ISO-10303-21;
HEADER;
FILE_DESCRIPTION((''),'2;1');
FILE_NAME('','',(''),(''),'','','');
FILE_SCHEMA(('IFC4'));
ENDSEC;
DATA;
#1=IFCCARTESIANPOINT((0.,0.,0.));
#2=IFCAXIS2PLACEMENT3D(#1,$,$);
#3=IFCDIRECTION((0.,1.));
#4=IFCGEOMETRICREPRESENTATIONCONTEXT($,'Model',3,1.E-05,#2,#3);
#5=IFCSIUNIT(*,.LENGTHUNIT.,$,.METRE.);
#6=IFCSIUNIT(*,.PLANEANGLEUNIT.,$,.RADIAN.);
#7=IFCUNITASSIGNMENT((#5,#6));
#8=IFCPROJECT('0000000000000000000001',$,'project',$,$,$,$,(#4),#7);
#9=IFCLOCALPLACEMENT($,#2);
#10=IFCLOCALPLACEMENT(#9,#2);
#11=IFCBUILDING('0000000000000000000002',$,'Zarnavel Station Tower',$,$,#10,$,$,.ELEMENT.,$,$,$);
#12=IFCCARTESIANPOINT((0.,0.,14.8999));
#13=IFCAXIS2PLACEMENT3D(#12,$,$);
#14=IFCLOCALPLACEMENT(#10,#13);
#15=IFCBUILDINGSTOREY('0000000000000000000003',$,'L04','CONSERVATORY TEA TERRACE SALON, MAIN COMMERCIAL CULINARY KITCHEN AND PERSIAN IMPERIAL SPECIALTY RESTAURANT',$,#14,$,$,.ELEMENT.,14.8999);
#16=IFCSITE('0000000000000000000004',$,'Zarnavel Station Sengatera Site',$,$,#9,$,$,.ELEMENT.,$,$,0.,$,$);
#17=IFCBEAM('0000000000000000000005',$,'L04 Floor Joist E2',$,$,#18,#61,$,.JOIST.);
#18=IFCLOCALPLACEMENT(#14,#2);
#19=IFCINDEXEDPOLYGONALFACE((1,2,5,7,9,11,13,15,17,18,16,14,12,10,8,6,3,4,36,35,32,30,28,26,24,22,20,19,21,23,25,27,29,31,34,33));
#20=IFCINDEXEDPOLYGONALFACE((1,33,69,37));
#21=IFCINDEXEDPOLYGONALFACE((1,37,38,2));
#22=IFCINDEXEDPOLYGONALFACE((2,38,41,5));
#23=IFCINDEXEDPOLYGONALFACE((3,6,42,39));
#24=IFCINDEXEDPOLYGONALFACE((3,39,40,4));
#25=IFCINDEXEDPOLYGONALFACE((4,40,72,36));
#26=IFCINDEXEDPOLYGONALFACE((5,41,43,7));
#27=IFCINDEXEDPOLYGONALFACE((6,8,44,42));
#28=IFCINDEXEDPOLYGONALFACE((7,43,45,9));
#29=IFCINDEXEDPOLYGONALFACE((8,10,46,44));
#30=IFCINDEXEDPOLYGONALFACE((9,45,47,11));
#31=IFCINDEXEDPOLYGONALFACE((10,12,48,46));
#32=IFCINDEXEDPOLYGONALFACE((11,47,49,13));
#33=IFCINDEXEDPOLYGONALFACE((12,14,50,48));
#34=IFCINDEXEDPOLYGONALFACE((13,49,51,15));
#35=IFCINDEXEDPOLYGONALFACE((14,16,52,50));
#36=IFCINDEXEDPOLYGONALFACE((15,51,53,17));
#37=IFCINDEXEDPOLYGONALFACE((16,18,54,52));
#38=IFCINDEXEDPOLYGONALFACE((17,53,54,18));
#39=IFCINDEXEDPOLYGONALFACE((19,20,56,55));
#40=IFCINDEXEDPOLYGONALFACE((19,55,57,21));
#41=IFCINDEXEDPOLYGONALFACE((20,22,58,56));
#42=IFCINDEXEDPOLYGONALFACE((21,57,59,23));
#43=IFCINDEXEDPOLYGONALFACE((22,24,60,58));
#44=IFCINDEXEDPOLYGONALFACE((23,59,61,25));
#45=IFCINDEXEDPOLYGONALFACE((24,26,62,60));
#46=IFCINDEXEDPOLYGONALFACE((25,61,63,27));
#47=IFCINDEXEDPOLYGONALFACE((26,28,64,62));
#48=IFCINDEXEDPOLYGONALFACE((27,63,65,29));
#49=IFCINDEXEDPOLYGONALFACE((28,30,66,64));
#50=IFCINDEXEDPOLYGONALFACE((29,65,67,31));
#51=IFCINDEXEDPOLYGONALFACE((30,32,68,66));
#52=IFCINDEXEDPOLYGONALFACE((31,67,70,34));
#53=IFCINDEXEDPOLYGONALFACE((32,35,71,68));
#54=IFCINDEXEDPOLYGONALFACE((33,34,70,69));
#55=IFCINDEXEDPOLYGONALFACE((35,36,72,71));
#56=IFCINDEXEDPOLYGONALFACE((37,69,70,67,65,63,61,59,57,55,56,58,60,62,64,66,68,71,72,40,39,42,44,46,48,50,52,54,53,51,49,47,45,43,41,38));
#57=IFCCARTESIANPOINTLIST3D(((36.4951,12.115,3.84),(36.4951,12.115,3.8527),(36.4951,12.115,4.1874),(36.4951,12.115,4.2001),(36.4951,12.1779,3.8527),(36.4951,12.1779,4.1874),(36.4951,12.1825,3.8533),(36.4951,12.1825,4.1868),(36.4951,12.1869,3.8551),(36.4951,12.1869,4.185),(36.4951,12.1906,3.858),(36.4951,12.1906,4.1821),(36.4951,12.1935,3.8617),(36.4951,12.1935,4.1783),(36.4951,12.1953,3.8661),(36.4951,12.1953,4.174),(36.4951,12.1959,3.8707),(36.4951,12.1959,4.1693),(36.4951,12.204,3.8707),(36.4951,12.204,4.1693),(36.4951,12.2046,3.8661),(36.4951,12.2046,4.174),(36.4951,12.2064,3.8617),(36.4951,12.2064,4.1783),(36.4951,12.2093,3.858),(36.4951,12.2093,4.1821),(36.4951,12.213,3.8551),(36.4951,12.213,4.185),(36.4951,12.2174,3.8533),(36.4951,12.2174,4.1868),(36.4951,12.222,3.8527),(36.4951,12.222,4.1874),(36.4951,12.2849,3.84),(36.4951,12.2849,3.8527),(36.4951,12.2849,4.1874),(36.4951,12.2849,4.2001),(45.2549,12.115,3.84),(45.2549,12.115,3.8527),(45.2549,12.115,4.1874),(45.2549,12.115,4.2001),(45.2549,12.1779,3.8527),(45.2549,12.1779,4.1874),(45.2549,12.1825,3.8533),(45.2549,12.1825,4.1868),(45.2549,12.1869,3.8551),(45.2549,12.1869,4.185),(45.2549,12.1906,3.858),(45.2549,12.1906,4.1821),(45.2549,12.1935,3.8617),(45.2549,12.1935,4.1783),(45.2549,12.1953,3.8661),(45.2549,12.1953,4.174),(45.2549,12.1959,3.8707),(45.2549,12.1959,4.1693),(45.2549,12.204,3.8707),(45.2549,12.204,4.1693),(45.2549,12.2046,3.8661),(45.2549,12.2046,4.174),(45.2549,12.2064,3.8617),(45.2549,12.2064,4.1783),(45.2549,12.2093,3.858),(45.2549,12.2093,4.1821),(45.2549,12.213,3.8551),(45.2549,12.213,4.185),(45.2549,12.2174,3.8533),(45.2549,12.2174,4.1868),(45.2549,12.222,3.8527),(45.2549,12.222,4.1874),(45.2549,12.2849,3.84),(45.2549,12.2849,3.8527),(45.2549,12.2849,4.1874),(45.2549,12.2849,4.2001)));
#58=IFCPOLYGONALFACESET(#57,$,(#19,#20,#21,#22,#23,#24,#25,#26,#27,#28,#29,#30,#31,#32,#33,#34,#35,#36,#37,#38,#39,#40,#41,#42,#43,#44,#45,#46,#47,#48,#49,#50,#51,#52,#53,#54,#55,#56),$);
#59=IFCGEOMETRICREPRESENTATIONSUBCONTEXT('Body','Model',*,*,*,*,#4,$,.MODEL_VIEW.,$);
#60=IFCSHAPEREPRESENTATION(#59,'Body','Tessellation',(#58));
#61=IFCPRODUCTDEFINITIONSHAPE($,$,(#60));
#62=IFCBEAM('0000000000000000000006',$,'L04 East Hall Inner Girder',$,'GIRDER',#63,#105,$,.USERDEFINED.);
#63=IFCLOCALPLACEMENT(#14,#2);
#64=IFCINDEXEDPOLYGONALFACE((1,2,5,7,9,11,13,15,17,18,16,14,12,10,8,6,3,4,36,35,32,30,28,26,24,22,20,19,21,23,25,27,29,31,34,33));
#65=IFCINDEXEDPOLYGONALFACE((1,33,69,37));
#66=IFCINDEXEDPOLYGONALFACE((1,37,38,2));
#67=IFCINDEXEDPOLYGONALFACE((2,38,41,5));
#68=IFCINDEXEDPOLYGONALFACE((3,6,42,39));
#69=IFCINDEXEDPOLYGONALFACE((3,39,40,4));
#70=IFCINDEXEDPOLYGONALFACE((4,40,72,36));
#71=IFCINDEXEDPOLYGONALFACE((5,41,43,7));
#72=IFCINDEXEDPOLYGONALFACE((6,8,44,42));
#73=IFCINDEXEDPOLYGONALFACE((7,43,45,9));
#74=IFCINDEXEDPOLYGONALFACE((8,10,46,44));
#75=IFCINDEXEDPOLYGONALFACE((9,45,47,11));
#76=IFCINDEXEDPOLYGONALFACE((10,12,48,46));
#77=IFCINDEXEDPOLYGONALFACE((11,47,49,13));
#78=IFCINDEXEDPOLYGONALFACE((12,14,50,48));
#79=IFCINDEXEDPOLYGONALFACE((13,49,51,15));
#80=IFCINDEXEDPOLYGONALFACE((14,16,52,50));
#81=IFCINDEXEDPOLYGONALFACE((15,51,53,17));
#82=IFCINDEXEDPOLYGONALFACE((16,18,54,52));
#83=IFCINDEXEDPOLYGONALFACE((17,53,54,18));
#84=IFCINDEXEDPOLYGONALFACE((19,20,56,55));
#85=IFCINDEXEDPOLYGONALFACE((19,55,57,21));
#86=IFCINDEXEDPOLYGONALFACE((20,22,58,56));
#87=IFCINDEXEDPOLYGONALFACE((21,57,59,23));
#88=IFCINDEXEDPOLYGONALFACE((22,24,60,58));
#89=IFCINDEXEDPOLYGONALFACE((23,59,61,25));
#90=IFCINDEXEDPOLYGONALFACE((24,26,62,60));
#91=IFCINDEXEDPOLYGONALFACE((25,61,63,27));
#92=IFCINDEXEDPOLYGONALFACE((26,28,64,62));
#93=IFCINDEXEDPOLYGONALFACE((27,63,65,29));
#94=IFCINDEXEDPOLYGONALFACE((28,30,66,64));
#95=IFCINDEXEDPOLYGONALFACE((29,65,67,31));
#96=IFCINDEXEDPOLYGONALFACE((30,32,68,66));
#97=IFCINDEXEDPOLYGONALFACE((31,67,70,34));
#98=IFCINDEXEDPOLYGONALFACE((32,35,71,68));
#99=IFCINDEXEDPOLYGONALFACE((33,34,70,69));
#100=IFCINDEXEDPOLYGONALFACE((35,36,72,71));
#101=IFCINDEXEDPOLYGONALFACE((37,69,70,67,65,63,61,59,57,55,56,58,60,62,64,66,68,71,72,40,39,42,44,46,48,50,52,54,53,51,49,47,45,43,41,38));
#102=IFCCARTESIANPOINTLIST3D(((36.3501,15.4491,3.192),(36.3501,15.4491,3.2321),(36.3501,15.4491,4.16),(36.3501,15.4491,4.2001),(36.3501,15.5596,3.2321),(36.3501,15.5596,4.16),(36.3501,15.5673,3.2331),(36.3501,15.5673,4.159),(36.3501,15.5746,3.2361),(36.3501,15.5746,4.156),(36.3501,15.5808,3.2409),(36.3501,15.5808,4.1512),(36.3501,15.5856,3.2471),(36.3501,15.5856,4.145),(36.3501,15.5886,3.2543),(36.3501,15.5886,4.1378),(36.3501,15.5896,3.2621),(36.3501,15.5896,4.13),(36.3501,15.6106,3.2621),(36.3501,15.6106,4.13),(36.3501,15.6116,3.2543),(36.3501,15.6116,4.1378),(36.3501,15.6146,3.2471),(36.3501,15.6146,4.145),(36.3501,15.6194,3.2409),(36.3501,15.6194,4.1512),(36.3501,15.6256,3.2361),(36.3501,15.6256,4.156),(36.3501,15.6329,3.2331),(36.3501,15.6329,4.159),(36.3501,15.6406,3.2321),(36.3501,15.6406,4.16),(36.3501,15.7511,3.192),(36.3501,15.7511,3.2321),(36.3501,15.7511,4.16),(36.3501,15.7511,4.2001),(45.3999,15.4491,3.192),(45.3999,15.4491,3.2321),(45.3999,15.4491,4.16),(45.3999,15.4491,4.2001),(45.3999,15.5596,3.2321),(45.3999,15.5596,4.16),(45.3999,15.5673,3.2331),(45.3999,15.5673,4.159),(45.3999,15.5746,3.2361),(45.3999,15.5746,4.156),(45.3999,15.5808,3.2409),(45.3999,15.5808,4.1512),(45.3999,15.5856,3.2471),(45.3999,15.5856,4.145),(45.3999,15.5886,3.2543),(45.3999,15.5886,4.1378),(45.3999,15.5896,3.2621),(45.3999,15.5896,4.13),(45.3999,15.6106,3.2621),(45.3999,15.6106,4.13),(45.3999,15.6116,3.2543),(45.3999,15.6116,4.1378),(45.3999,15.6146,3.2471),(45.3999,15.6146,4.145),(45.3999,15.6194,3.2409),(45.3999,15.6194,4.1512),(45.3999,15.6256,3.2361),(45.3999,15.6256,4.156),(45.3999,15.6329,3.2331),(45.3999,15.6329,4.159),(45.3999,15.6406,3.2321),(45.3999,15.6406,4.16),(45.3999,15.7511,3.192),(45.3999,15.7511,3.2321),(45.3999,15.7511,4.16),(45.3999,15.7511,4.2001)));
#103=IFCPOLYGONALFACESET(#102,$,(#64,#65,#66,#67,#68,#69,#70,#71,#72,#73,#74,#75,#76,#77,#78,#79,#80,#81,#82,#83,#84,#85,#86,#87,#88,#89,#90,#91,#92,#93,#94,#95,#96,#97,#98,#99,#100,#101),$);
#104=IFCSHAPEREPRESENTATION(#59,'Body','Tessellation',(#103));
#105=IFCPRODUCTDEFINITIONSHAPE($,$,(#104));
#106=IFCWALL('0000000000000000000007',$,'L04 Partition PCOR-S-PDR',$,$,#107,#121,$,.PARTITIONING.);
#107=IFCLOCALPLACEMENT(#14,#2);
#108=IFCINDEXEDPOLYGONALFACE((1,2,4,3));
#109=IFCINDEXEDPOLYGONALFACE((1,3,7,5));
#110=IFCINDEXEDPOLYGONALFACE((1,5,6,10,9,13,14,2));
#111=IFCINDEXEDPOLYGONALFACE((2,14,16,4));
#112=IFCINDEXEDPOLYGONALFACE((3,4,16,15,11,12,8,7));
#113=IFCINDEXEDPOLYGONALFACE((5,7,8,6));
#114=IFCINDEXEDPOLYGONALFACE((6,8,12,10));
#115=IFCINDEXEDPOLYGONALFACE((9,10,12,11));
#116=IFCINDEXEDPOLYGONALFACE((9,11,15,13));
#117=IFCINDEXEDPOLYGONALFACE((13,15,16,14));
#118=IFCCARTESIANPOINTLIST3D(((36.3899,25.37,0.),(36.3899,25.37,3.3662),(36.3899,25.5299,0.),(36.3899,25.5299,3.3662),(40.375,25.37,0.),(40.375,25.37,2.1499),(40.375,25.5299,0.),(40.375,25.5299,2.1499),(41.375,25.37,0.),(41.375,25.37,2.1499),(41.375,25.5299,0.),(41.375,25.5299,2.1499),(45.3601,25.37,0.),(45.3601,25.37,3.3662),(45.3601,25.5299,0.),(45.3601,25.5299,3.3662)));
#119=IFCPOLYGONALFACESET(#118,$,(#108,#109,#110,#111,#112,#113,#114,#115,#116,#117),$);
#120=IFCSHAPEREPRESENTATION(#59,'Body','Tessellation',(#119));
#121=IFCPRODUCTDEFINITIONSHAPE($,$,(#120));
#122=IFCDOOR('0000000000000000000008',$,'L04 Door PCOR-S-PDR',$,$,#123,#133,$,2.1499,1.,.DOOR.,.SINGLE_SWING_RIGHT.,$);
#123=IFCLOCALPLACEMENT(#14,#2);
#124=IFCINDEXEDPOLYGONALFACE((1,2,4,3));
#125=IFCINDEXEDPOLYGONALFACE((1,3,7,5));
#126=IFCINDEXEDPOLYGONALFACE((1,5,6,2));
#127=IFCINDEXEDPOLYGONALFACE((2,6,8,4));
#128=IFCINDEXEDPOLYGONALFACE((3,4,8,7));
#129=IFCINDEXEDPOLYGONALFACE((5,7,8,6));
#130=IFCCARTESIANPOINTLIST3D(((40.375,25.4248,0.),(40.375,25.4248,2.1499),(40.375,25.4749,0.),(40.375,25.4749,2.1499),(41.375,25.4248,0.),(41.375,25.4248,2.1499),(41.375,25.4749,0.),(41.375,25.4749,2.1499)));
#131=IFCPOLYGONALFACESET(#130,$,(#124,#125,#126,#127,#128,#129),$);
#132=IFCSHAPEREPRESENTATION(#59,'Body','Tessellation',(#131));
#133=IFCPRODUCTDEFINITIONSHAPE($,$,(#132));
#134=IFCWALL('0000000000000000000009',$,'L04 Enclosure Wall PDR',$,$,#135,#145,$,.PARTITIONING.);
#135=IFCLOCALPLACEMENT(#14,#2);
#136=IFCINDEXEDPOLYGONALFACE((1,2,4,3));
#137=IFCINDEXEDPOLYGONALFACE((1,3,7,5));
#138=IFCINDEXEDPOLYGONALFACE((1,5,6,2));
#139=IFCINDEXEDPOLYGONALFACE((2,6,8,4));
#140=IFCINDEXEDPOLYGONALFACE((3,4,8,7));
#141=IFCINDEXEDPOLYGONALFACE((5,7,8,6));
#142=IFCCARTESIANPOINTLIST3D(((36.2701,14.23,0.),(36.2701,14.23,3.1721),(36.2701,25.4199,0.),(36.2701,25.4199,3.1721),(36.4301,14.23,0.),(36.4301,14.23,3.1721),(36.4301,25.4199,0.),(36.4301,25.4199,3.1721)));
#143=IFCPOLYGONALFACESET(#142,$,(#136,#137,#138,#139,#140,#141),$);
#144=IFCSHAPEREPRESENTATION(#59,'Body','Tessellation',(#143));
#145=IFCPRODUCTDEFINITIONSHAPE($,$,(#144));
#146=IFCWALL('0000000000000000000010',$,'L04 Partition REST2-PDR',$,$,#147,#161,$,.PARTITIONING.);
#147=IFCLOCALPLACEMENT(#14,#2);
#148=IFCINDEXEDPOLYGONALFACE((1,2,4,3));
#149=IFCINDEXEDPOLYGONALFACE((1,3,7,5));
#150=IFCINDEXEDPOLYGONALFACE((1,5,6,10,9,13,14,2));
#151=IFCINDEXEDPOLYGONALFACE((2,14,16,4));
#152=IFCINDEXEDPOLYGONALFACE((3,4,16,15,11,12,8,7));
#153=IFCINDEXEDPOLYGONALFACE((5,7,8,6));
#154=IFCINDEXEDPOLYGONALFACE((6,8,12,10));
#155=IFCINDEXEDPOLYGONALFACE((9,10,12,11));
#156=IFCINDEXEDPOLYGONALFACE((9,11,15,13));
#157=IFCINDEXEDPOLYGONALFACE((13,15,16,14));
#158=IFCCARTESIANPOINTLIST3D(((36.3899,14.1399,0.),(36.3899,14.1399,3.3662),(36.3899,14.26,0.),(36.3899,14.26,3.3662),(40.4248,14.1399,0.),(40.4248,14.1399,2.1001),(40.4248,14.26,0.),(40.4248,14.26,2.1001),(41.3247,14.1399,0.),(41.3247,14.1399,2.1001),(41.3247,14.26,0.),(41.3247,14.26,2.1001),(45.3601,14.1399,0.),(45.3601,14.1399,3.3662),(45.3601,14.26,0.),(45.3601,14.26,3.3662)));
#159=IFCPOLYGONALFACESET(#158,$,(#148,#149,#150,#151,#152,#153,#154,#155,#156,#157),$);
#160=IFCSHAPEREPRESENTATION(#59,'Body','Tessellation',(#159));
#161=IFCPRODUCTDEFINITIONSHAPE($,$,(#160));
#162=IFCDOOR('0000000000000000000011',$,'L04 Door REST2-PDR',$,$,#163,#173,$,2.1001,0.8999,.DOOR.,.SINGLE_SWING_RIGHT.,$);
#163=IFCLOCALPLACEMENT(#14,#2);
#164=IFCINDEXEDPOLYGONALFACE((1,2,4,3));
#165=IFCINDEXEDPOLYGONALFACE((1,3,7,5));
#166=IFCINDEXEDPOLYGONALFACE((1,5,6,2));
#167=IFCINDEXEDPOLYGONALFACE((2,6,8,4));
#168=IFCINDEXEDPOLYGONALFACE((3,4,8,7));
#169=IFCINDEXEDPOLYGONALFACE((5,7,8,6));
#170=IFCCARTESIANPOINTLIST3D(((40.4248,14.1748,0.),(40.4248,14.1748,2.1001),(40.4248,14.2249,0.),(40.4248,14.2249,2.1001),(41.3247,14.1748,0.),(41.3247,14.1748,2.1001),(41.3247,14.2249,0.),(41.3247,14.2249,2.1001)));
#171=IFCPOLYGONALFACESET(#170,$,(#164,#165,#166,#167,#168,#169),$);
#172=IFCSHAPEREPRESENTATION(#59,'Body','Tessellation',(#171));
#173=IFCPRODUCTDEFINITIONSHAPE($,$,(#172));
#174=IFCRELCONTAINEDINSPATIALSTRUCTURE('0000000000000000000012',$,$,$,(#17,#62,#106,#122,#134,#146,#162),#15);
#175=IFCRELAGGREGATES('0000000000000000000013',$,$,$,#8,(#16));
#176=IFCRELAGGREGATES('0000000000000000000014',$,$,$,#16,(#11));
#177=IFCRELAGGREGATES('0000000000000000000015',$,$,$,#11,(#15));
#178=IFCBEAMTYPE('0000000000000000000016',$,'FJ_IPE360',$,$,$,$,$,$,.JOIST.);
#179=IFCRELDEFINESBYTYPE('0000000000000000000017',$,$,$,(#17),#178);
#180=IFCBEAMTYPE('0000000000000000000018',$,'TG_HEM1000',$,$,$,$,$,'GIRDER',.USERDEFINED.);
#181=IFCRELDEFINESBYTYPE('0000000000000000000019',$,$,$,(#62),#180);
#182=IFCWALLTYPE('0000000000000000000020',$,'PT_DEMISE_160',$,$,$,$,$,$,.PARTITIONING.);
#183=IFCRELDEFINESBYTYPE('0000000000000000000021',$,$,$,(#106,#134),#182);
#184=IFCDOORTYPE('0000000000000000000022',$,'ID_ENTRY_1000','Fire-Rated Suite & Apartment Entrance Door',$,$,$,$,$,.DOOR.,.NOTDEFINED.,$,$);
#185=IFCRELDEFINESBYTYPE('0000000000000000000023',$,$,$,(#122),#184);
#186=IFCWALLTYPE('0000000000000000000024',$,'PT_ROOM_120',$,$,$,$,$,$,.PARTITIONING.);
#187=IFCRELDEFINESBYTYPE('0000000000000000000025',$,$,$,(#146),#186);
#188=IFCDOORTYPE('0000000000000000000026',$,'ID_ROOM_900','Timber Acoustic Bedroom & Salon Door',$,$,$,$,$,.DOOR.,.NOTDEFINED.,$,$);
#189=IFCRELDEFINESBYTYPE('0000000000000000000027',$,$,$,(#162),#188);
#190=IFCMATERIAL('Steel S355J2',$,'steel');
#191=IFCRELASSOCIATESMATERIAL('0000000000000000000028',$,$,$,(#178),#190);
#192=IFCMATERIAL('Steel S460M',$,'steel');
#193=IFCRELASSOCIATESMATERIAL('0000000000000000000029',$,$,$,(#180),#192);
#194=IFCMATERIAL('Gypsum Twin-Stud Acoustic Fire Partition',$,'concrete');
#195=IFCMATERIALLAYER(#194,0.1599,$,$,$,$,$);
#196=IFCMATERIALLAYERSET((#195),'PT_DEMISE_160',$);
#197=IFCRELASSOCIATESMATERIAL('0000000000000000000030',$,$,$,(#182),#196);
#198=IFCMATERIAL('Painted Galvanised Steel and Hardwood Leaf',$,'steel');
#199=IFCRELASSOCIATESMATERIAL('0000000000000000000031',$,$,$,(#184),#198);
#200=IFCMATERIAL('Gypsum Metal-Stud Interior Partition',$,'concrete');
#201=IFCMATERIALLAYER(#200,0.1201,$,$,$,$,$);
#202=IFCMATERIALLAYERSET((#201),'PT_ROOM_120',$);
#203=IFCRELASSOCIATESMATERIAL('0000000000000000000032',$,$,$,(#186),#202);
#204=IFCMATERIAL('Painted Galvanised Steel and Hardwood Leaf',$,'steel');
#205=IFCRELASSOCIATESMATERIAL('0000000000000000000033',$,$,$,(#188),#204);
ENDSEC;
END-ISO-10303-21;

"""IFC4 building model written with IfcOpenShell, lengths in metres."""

from ifc_helpers import new_model, si_unit, direction, frame, frame_2d, origin, origin_2d, place, context, subcontext, project, spatial, rectangle, i_section, extrude, material, layer, layer_set, material_profile, profile_set, type_object, element, fill, save


model = new_model("IFC4")

# Units and contexts
model_context = context("Model", 3, precision=1e-05, world=origin(), true_north=direction((0.0, 1.0)))
body_context = subcontext(model_context, "Body", "Model", "MODEL_VIEW")
ifc_project = project(units=[si_unit("LENGTHUNIT", "METRE"), si_unit("PLANEANGLEUNIT", "RADIAN")], contexts=[model_context])

# Site, building, storey
site_placement = place(None, origin())
site = spatial("IfcSite", under=ifc_project, at=site_placement, Name="Zarnavel Station Sengatera Site", CompositionType="ELEMENT", RefElevation=0.0)
building_placement = place(site_placement, origin())
building = spatial("IfcBuilding", under=site, at=building_placement, Name="Zarnavel Station Tower", CompositionType="ELEMENT")
storey_placement = place(building_placement, frame((0.0, 0.0, 14.8999)))
storey = spatial("IfcBuildingStorey", under=building, at=storey_placement, Name="L04", Description="CONSERVATORY TEA TERRACE SALON, MAIN COMMERCIAL CULINARY KITCHEN AND PERSIAN IMPERIAL SPECIALTY RESTAURANT", CompositionType="ELEMENT", Elevation=14.8999)

# Beams
ifc_material_1 = material(Name="Steel S355J2", Category="steel")
ifc_material_profile_1 = material_profile(ifc_material_1, i_section(OverallWidth=0.1699, OverallDepth=0.3601, WebThickness=0.0081, FlangeThickness=0.0127, FilletRadius=0.0181, at=origin_2d()), Name="IPE360")
ifc_profile_set_1 = profile_set([ifc_material_profile_1], Name="Steel S355J2")
beam_type_1 = type_object("IfcBeamType", Name="FJ_IPE360", PredefinedType="JOIST", material=ifc_profile_set_1)
for number, where, z_axis, x_axis, name in (
    (1, (36.4951, 12.2, 4.02), (1.0, 0.0, 0.0), (0.0, 1.0, 0.0), "L04 Floor Joist E2"),
):
    element("IfcBeam", number, at=place(storey_placement, frame(where, z_axis=z_axis, x_axis=x_axis)), inside=storey, type_object=beam_type_1, Name=name, PredefinedType="JOIST", context=body_context, shape_type="SweptSolid", body=[
        extrude(i_section(OverallWidth=0.1699, OverallDepth=0.3601, WebThickness=0.0081, FlangeThickness=0.0127, FilletRadius=0.0181, at=origin_2d()), origin(), (0.0, 0.0, 1.0), 8.7598),
    ])
ifc_material_2 = material(Name="Steel S460M", Category="steel")
ifc_material_profile_2 = material_profile(ifc_material_2, i_section(OverallWidth=0.302, OverallDepth=1.0081, WebThickness=0.021, FlangeThickness=0.04, FilletRadius=0.03, at=origin_2d()), Name="HEM1000")
ifc_profile_set_2 = profile_set([ifc_material_profile_2], Name="Steel S460M")
beam_type_2 = type_object("IfcBeamType", Name="TG_HEM1000", ElementType="GIRDER", PredefinedType="USERDEFINED", material=ifc_profile_set_2)
beam_1_placement = place(storey_placement, frame((36.3501, 15.6001, 3.696), z_axis=(1.0, 0.0, 0.0), x_axis=(0.0, 1.0, 0.0)))
element("IfcBeam", 2, at=beam_1_placement, inside=storey, type_object=beam_type_2, Name="L04 East Hall Inner Girder", ObjectType="GIRDER", PredefinedType="USERDEFINED", context=body_context, shape_type="SweptSolid", body=[
    extrude(i_section(OverallWidth=0.302, OverallDepth=1.0081, WebThickness=0.021, FlangeThickness=0.04, FilletRadius=0.03, at=origin_2d()), origin(), (0.0, 0.0, 1.0), 9.0498),
])

# Wall, opening, door
ifc_material_3 = material(Name="Gypsum Twin-Stud Acoustic Fire Partition", Category="concrete")
ifc_layer_1 = layer(ifc_material_3, 0.1599)
ifc_layer_set_1 = layer_set([ifc_layer_1], Name="PT_DEMISE_160")
wall_type_1 = type_object("IfcWallType", Name="PT_DEMISE_160", PredefinedType="PARTITIONING", material=ifc_layer_set_1)
wall_1_placement = place(storey_placement, frame((36.3899, 25.45, 0.0), z_axis=(0.0, 0.0, 1.0), x_axis=(1.0, 0.0, 0.0)))
wall_1 = element("IfcWall", 3, at=wall_1_placement, inside=storey, type_object=wall_type_1, Name="L04 Partition PCOR-S-PDR", PredefinedType="PARTITIONING", context=body_context, shape_type="SweptSolid", body=[
    extrude(rectangle(XDim=8.9702, YDim=0.1599, at=frame_2d((4.4851, 0.0))), origin(), (0.0, 0.0, 1.0), 3.3662),
])
opening_1_placement = place(wall_1_placement, frame((3.9851, 0.0, 0.0)))
opening_1 = element("IfcOpeningElement", 4, at=opening_1_placement, cuts=wall_1, PredefinedType="OPENING", context=body_context, shape_type="SweptSolid", body=[
    extrude(rectangle(XDim=1.0, YDim=2.1499, at=frame_2d((0.5, 1.075))), frame((0.0, 0.0898, 0.0), z_axis=(0.0, -1.0, 0.0), x_axis=(1.0, 0.0, 0.0)), (0.0, 0.0, 1.0), 0.1799),
])
ifc_material_4 = material(Name="Painted Galvanised Steel and Hardwood Leaf", Category="steel")
door_type_1 = type_object("IfcDoorType", Name="ID_ENTRY_1000", Description="Fire-Rated Suite & Apartment Entrance Door", OperationType="NOTDEFINED", PredefinedType="DOOR", material=ifc_material_4)
door_1_placement = place(opening_1_placement, origin())
door_1 = element("IfcDoor", 5, at=door_1_placement, inside=storey, type_object=door_type_1, Name="L04 Door PCOR-S-PDR", OperationType="SINGLE_SWING_RIGHT", OverallHeight=2.1499, OverallWidth=1.0, PredefinedType="DOOR", context=body_context, shape_type="SweptSolid", body=[
    extrude(rectangle(XDim=1.0, YDim=2.1499, at=frame_2d((0.5, 1.075))), frame((0.0, 0.0249, 0.0), z_axis=(0.0, -1.0, 0.0), x_axis=(1.0, 0.0, 0.0)), (0.0, 0.0, 1.0), 0.05),
])
fill(opening_1, door_1)

# Wall
wall_2_placement = place(storey_placement, frame((36.3501, 14.23, 0.0), z_axis=(0.0, 0.0, 1.0), x_axis=(0.0, 1.0, 0.0)))
element("IfcWall", 6, at=wall_2_placement, inside=storey, type_object=wall_type_1, Name="L04 Enclosure Wall PDR", PredefinedType="PARTITIONING", context=body_context, shape_type="SweptSolid", body=[
    extrude(rectangle(XDim=11.1899, YDim=0.1599, at=frame_2d((5.595, 0.0))), origin(), (0.0, 0.0, 1.0), 3.1721),
])

# Wall, opening, door
ifc_material_5 = material(Name="Gypsum Metal-Stud Interior Partition", Category="concrete")
ifc_layer_2 = layer(ifc_material_5, 0.1201)
ifc_layer_set_2 = layer_set([ifc_layer_2], Name="PT_ROOM_120")
wall_type_2 = type_object("IfcWallType", Name="PT_ROOM_120", PredefinedType="PARTITIONING", material=ifc_layer_set_2)
wall_3_placement = place(storey_placement, frame((36.3899, 14.2, 0.0), z_axis=(0.0, 0.0, 1.0), x_axis=(1.0, 0.0, 0.0)))
wall_3 = element("IfcWall", 7, at=wall_3_placement, inside=storey, type_object=wall_type_2, Name="L04 Partition REST2-PDR", PredefinedType="PARTITIONING", context=body_context, shape_type="SweptSolid", body=[
    extrude(rectangle(XDim=8.9702, YDim=0.1201, at=frame_2d((4.4851, 0.0))), origin(), (0.0, 0.0, 1.0), 3.3662),
])
opening_2_placement = place(wall_3_placement, frame((4.0349, 0.0, 0.0)))
opening_2 = element("IfcOpeningElement", 8, at=opening_2_placement, cuts=wall_3, PredefinedType="OPENING", context=body_context, shape_type="SweptSolid", body=[
    extrude(rectangle(XDim=0.8999, YDim=2.1001, at=frame_2d((0.45, 1.05))), frame((0.0, 0.0701, 0.0), z_axis=(0.0, -1.0, 0.0), x_axis=(1.0, 0.0, 0.0)), (0.0, 0.0, 1.0), 0.1401),
])
ifc_material_6 = material(Name="Painted Galvanised Steel and Hardwood Leaf", Category="steel")
door_type_2 = type_object("IfcDoorType", Name="ID_ROOM_900", Description="Timber Acoustic Bedroom & Salon Door", OperationType="NOTDEFINED", PredefinedType="DOOR", material=ifc_material_6)
door_2_placement = place(opening_2_placement, origin())
door_2 = element("IfcDoor", 9, at=door_2_placement, inside=storey, type_object=door_type_2, Name="L04 Door REST2-PDR", OperationType="SINGLE_SWING_RIGHT", OverallHeight=2.1001, OverallWidth=0.8999, PredefinedType="DOOR", context=body_context, shape_type="SweptSolid", body=[
    extrude(rectangle(XDim=0.8999, YDim=2.1001, at=frame_2d((0.45, 1.05))), frame((0.0, 0.0249, 0.0), z_axis=(0.0, -1.0, 0.0), x_axis=(1.0, 0.0, 0.0)), (0.0, 0.0, 1.0), 0.05),
])
fill(opening_2, door_2)

save(model, "model.ifc")
